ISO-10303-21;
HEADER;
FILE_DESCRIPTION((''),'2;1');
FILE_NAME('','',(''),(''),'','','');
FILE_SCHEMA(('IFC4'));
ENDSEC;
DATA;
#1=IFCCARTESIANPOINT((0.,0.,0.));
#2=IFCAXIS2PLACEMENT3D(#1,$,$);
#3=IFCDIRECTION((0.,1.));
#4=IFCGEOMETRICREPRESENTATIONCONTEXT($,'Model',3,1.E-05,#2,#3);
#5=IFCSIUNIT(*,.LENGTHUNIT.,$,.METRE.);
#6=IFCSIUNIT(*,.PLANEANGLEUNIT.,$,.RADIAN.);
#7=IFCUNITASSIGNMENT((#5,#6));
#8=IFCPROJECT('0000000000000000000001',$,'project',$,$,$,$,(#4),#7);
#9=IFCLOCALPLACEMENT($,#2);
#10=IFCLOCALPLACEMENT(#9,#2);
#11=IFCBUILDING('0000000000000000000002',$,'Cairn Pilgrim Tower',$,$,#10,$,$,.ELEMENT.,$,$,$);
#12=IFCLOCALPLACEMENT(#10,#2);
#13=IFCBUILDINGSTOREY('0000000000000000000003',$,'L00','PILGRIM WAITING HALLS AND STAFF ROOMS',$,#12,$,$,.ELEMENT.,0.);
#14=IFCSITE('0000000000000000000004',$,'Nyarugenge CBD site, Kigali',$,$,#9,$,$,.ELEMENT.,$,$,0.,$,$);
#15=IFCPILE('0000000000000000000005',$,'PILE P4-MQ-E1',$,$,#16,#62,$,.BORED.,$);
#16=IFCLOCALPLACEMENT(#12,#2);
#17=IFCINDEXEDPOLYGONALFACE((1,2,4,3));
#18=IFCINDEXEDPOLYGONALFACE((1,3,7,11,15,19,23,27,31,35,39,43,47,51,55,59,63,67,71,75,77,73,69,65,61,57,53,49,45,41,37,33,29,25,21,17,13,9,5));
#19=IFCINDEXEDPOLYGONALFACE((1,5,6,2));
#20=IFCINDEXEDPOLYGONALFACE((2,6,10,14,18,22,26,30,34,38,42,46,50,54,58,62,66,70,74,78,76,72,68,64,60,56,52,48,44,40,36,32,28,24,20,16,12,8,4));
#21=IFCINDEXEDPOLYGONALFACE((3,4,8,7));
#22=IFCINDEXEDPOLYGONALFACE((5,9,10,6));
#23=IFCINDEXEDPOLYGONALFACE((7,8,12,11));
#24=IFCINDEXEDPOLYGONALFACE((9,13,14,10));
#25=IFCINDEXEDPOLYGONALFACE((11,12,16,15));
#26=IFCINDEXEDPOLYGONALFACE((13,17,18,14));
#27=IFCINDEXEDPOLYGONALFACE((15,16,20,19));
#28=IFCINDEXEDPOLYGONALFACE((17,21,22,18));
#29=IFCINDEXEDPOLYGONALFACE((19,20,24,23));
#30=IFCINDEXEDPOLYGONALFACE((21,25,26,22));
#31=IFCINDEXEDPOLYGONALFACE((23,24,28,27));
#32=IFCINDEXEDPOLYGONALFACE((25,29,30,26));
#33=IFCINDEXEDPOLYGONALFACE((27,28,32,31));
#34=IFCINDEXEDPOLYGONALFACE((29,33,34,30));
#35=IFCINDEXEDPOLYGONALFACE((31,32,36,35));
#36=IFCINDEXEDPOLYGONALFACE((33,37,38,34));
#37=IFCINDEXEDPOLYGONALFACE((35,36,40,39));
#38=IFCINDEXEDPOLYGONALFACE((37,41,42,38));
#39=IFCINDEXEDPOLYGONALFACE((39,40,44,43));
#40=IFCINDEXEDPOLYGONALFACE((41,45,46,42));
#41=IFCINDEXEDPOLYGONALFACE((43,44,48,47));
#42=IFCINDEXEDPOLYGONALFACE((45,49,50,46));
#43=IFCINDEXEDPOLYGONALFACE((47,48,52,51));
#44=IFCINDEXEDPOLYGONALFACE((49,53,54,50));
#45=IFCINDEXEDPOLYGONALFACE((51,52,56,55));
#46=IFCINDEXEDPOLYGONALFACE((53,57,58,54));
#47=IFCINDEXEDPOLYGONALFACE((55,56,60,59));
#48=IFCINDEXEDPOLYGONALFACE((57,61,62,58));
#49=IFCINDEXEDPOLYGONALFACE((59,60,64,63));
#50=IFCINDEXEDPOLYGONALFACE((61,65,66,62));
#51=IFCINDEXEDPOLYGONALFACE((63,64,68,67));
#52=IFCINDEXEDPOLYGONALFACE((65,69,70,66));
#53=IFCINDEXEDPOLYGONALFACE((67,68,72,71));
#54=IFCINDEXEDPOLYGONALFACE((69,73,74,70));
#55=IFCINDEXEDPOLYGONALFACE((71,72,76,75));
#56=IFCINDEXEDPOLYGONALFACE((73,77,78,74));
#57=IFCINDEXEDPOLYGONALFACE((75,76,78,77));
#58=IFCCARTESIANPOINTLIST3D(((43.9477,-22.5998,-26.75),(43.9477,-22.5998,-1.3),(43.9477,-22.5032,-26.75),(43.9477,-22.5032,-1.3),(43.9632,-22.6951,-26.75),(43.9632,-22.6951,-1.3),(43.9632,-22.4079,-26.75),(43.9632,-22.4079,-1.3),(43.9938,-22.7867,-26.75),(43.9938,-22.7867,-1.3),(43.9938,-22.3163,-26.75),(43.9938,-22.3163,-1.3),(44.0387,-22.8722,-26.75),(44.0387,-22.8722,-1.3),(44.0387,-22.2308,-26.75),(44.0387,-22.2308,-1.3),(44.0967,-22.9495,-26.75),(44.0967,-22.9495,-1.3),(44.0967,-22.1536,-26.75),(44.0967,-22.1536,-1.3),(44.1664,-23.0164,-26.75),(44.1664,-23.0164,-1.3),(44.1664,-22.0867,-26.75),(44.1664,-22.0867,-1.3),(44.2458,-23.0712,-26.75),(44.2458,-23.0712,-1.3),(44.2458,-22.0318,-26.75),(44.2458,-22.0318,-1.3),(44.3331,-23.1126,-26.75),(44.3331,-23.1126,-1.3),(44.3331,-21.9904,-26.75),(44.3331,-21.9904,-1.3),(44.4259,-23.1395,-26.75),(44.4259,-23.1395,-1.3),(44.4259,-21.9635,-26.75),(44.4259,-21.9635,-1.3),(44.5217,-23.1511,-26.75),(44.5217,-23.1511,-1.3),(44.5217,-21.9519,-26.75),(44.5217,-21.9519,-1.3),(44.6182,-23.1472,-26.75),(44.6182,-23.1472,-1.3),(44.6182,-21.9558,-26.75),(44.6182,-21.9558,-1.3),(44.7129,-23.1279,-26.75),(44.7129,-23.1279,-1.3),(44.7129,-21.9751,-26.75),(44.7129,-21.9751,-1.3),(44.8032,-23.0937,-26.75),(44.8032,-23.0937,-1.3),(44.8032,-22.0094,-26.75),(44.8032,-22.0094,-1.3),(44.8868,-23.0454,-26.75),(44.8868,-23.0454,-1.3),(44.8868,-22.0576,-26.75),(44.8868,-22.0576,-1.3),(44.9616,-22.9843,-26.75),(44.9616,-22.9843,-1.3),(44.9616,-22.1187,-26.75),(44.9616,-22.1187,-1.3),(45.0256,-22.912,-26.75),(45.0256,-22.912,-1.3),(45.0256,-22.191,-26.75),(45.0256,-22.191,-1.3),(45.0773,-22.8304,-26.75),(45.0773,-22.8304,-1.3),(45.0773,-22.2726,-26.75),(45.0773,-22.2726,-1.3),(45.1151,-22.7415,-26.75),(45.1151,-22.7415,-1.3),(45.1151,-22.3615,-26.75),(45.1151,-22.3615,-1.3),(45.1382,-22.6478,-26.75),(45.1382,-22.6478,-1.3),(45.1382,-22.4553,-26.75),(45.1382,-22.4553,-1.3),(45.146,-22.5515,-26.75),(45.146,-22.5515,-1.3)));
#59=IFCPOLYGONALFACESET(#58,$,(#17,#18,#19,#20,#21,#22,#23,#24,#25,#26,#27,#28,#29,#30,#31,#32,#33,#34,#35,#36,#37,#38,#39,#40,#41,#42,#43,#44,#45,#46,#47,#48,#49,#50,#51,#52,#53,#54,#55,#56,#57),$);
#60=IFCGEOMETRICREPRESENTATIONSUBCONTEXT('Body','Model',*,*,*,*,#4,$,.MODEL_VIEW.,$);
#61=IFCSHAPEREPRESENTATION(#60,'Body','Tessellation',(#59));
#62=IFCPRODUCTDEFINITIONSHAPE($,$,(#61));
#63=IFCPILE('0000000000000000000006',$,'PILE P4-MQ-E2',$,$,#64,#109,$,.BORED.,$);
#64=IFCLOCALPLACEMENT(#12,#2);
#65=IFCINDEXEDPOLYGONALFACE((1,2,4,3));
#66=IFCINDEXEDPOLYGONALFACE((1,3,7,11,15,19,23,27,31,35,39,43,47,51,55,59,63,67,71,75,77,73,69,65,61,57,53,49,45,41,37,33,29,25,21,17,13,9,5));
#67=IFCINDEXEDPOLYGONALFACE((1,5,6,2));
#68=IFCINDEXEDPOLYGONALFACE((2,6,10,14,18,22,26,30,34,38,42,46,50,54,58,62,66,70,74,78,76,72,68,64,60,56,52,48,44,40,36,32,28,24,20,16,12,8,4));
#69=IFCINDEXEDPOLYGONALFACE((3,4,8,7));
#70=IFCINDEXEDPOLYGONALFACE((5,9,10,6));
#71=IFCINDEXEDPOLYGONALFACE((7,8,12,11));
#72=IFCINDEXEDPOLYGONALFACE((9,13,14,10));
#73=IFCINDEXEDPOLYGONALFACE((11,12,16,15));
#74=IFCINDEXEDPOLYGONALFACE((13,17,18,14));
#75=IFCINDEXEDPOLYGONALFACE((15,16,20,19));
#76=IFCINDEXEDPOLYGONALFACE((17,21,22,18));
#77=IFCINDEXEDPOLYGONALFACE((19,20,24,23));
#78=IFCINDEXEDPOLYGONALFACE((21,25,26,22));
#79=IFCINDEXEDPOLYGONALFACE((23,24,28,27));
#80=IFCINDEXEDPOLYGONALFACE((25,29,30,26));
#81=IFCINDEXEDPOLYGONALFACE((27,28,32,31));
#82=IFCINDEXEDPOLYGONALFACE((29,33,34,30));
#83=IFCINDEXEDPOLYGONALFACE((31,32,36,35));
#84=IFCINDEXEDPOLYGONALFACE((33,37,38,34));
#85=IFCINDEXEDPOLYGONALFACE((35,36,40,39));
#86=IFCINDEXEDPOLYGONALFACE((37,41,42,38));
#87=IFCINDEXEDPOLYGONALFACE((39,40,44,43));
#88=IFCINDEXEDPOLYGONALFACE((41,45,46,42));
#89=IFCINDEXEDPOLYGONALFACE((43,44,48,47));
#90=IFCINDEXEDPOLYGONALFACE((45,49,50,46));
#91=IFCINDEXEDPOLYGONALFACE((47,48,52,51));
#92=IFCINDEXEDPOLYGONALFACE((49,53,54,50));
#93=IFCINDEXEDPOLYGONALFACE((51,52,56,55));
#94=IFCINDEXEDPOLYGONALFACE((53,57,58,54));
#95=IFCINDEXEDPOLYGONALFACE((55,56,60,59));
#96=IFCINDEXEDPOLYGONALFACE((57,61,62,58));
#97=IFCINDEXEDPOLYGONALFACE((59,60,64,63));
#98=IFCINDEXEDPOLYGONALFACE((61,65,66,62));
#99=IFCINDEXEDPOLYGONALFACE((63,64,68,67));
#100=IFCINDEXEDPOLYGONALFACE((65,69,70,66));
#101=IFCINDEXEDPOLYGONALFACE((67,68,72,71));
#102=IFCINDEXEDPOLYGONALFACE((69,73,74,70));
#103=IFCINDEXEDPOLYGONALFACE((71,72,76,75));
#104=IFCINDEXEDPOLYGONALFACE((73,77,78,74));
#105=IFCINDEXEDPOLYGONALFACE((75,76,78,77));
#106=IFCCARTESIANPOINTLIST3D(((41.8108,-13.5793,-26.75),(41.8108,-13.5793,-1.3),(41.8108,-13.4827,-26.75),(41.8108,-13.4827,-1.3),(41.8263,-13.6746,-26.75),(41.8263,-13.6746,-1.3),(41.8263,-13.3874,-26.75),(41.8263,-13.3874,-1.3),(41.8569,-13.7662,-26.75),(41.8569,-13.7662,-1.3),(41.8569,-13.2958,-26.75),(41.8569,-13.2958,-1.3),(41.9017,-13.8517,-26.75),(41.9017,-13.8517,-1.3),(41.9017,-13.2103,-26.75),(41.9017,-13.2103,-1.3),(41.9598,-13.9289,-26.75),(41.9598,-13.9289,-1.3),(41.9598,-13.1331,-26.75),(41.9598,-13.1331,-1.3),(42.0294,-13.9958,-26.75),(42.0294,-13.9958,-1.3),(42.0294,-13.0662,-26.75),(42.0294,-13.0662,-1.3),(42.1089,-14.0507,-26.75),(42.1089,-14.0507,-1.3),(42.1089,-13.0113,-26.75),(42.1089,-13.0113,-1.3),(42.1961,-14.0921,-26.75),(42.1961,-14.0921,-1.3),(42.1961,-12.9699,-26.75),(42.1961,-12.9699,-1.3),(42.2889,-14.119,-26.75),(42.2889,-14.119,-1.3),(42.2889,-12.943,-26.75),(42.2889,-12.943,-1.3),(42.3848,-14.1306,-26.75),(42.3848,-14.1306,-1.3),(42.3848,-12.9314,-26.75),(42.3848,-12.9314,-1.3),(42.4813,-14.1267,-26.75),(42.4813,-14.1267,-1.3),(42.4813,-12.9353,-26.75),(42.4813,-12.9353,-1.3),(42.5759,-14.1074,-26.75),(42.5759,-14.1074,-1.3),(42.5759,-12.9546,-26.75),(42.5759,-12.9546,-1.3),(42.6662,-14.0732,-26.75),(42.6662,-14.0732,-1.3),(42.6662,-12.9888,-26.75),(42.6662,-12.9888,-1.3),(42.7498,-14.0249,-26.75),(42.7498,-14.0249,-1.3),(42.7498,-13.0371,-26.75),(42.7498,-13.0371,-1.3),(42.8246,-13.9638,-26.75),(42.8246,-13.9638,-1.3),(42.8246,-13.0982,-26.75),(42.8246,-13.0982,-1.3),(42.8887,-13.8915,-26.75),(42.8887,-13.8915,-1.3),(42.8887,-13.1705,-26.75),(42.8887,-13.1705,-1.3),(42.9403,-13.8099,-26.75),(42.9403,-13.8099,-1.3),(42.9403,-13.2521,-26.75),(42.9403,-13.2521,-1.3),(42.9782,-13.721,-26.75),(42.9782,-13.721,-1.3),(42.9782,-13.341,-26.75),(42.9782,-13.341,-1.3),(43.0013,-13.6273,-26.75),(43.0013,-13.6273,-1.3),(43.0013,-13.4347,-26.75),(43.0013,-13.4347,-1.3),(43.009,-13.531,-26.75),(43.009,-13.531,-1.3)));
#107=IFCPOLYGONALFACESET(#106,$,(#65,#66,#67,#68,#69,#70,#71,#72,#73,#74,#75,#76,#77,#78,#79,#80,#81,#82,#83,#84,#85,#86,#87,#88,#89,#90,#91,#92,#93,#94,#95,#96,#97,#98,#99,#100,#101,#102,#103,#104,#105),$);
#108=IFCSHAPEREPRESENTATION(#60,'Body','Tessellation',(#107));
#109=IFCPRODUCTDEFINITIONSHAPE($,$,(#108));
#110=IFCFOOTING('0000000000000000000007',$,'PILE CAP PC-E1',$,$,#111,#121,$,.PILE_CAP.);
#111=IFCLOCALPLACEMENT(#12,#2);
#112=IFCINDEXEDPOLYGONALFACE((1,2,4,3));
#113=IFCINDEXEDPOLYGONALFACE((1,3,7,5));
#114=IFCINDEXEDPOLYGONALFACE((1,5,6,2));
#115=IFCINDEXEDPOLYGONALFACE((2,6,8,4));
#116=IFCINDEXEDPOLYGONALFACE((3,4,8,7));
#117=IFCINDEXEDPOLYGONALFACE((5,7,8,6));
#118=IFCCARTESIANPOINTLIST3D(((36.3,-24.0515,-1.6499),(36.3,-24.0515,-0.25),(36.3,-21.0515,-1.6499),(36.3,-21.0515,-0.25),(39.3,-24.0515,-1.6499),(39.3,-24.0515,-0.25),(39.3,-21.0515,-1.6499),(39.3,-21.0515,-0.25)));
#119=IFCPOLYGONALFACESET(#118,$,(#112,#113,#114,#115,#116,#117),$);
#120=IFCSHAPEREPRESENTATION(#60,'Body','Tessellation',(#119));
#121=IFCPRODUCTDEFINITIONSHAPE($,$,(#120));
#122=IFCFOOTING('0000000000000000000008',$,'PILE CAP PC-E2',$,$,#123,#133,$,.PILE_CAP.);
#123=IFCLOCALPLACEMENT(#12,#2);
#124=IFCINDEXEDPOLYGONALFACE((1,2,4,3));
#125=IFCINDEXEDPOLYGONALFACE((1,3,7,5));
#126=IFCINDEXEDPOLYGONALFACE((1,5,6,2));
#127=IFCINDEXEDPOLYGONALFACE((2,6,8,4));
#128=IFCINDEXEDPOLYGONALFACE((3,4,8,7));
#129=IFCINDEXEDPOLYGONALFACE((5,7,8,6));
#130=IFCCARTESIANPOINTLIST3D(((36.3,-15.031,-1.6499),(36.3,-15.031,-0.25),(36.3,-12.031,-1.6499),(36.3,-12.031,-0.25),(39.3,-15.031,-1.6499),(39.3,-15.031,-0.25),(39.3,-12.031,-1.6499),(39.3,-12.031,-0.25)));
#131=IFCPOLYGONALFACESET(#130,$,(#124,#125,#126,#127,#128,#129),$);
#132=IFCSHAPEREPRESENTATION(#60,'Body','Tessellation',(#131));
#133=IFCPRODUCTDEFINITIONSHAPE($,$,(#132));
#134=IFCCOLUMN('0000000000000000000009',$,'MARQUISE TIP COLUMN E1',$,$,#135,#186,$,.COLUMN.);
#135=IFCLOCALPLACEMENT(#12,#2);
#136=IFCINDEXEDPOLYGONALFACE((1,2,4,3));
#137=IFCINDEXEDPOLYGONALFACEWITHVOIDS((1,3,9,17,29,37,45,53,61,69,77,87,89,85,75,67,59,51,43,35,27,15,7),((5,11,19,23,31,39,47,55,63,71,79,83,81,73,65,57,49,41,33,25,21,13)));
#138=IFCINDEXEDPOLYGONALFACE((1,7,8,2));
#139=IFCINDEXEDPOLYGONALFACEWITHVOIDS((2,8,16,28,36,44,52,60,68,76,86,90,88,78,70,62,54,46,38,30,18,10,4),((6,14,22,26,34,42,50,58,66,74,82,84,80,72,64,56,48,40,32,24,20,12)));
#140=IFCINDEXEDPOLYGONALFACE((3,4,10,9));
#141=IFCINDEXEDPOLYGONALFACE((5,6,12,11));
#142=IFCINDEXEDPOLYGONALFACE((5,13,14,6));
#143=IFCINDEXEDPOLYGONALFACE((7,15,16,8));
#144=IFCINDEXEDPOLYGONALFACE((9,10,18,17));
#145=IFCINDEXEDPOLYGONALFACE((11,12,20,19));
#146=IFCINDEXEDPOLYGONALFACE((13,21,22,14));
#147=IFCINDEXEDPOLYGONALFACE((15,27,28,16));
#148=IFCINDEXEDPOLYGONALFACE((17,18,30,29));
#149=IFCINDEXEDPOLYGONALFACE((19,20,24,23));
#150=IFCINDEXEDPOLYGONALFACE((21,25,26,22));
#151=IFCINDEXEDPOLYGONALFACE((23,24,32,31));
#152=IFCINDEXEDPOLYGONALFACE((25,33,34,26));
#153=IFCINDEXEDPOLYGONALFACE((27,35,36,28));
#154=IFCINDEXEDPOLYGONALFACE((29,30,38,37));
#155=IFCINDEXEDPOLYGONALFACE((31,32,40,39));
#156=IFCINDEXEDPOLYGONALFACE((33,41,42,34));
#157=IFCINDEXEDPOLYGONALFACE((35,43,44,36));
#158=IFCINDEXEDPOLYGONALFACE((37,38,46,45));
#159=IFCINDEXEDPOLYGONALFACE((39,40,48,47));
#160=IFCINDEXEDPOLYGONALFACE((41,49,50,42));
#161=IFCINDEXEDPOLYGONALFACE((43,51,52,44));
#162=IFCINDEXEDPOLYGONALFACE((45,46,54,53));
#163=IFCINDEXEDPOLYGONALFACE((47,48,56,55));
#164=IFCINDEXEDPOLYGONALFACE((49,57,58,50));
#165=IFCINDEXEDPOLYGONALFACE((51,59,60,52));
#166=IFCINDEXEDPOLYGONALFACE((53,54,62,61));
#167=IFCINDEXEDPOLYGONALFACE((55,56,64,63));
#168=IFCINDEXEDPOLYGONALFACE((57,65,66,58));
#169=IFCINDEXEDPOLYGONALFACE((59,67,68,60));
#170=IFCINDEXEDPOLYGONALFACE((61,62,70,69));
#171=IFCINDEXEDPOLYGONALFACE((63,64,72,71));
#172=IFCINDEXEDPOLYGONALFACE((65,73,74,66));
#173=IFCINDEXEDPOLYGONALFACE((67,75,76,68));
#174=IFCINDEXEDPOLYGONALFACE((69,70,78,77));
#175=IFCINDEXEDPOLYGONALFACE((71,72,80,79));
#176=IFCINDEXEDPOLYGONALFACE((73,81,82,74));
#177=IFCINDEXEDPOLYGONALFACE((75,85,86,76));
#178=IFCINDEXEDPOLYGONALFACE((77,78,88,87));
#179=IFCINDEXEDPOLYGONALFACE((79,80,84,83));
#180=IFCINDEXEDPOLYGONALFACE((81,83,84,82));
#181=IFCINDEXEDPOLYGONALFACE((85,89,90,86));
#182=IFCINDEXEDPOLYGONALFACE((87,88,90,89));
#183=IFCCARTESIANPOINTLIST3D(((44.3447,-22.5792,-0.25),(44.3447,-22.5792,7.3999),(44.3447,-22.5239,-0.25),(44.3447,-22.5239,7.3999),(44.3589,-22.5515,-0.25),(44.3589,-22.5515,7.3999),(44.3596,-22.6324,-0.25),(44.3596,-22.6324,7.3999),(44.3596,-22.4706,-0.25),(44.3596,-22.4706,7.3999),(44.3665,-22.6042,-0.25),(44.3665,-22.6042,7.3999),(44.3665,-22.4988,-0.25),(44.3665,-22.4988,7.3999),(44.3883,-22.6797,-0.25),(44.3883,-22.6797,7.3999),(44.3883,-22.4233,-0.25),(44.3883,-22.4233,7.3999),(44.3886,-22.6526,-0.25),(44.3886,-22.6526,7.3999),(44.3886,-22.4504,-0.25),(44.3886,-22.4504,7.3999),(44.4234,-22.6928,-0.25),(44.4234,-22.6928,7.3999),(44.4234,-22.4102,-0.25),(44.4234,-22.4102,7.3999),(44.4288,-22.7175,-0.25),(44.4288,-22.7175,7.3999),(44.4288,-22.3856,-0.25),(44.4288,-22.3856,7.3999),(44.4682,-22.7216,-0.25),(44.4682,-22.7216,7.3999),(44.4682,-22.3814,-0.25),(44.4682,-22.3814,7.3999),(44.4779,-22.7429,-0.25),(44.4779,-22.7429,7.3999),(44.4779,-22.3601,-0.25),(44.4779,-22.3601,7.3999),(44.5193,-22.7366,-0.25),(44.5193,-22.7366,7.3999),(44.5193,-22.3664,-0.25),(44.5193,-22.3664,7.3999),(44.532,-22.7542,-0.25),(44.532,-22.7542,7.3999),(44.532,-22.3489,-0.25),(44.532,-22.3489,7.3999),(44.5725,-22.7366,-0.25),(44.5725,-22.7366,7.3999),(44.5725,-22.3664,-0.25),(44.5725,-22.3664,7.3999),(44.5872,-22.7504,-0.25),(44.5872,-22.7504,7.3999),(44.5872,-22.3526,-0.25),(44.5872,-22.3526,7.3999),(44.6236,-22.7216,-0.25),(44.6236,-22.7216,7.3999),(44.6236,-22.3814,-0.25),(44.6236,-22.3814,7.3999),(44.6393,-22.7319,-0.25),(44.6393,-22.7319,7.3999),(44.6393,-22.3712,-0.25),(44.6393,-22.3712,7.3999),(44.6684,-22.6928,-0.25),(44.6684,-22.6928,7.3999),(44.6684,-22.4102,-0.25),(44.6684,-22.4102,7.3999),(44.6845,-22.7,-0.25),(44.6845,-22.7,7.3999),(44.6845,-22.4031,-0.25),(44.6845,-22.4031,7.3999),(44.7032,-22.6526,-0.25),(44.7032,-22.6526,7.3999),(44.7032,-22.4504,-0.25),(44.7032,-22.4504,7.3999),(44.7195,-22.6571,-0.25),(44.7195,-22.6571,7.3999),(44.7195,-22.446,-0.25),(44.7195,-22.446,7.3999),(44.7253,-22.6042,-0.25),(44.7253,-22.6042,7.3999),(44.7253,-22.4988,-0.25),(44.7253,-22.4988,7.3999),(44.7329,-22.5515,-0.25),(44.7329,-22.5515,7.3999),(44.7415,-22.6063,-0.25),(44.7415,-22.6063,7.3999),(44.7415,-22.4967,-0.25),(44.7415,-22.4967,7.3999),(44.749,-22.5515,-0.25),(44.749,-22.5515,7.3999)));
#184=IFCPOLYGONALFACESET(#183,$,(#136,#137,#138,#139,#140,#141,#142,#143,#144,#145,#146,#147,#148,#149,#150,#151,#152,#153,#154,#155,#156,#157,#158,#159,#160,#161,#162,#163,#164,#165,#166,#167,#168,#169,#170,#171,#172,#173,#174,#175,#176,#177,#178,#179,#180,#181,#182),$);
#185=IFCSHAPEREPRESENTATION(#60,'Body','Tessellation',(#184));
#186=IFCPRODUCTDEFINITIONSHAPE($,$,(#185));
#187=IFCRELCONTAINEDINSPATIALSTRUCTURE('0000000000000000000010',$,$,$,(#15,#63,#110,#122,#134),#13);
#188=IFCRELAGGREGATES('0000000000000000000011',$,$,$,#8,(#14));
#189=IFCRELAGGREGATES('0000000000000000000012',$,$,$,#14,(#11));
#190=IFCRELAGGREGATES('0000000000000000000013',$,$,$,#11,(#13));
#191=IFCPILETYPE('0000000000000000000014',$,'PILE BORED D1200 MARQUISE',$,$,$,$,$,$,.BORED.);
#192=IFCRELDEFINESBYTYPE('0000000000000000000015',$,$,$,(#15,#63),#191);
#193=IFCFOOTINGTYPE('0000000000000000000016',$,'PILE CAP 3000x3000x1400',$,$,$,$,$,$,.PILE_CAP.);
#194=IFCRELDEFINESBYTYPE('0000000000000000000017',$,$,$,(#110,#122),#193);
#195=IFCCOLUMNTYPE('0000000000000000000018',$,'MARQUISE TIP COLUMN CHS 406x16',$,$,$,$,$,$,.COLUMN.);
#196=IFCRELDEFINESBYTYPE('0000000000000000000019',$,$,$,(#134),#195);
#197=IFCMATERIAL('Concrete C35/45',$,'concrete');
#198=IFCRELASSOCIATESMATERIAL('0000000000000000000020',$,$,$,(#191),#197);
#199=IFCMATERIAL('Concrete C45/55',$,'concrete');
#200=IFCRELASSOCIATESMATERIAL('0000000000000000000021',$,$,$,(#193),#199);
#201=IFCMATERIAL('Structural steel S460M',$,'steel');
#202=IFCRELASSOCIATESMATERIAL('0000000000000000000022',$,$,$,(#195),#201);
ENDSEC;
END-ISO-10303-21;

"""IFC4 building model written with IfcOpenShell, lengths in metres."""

from ifc_helpers import new_model, si_unit, direction, frame, origin, origin_2d, place, context, subcontext, project, spatial, rectangle, circle, hollow_circle, extrude, material, material_profile, profile_set, type_object, element, save


model = new_model("IFC4")

# Units and contexts
model_context = context("Model", 3, precision=1e-05, world=origin(), true_north=direction((0.0, 1.0)))
body_context = subcontext(model_context, "Body", "Model", "MODEL_VIEW")
ifc_project = project(units=[si_unit("LENGTHUNIT", "METRE"), si_unit("PLANEANGLEUNIT", "RADIAN")], contexts=[model_context])

# Site, building, storey
site_placement = place(None, origin())
site = spatial("IfcSite", under=ifc_project, at=site_placement, Name="Nyarugenge CBD site, Kigali", CompositionType="ELEMENT", RefElevation=0.0)
building_placement = place(site_placement, origin())
building = spatial("IfcBuilding", under=site, at=building_placement, Name="Cairn Pilgrim Tower", CompositionType="ELEMENT")
storey_placement = place(building_placement, origin())
storey = spatial("IfcBuildingStorey", under=building, at=storey_placement, Name="L00", Description="PILGRIM WAITING HALLS AND STAFF ROOMS", CompositionType="ELEMENT", Elevation=0.0)

# Shared definitions
ifc_material_1 = material(Name="Concrete C45/55", Category="concrete")

# Piles
ifc_material_2 = material(Name="Concrete C35/45", Category="concrete")
ifc_material_profile_1 = material_profile(ifc_material_2, circle(Radius=0.6001, at=origin_2d()), Name="D1200")
ifc_profile_set_1 = profile_set([ifc_material_profile_1], Name="Concrete C35/45")
pile_type_1 = type_object("IfcPileType", Name="PILE BORED D1200 MARQUISE", PredefinedType="BORED", material=ifc_profile_set_1)
for number, where, z_axis, x_axis, name in (
    (1, (44.5459, -22.5515, -1.3), (0.0, 0.0, -1.0), (1.0, 0.0, 0.0), "PILE P4-MQ-E1"),
    (2, (42.4089, -13.531, -1.3), (0.0, 0.0, -1.0), (1.0, 0.0, 0.0), "PILE P4-MQ-E2"),
):
    element("IfcPile", number, at=place(storey_placement, frame(where, z_axis=z_axis, x_axis=x_axis)), inside=storey, type_object=pile_type_1, Name=name, PredefinedType="BORED", context=body_context, shape_type="SweptSolid", body=[
        extrude(circle(Radius=0.6001, at=origin_2d()), origin(), (0.0, 0.0, 1.0), 25.45),
    ])

# Footings
footing_type_1 = type_object("IfcFootingType", Name="PILE CAP 3000x3000x1400", PredefinedType="PILE_CAP", material=ifc_material_1)
for number, where, z_axis, x_axis, name in (
    (3, (37.8, -22.5515, -1.6499), (0.0, 0.0, 1.0), (1.0, 0.0, 0.0), "PILE CAP PC-E1"),
    (4, (37.8, -13.531, -1.6499), (0.0, 0.0, 1.0), (1.0, 0.0, 0.0), "PILE CAP PC-E2"),
):
    element("IfcFooting", number, at=place(storey_placement, frame(where, z_axis=z_axis, x_axis=x_axis)), inside=storey, type_object=footing_type_1, Name=name, PredefinedType="PILE_CAP", context=body_context, shape_type="SweptSolid", body=[
        extrude(rectangle(XDim=3.0, YDim=3.0, at=origin_2d()), origin(), (0.0, 0.0, 1.0), 1.3999),
    ])

# Column
ifc_material_3 = material(Name="Structural steel S460M", Category="steel")
ifc_material_profile_2 = material_profile(ifc_material_3, hollow_circle(Radius=0.2031, WallThickness=0.0161, at=origin_2d()), Name="MARQUISE TIP COLUMN CHS 406x16")
ifc_profile_set_2 = profile_set([ifc_material_profile_2], Name="Structural steel S460M")
column_type_1 = type_object("IfcColumnType", Name="MARQUISE TIP COLUMN CHS 406x16", PredefinedType="COLUMN", material=ifc_profile_set_2)
for number, where, z_axis, x_axis, name in (
    (5, (44.5459, -22.5515, -0.25), (0.0, 0.0, 1.0), (1.0, 0.0, 0.0), "MARQUISE TIP COLUMN E1"),
):
    element("IfcColumn", number, at=place(storey_placement, frame(where, z_axis=z_axis, x_axis=x_axis)), inside=storey, type_object=column_type_1, Name=name, PredefinedType="COLUMN", context=body_context, shape_type="SweptSolid", body=[
        extrude(hollow_circle(Radius=0.2031, WallThickness=0.0161, at=origin_2d()), origin(), (0.0, 0.0, 1.0), 7.6499),
    ])

save(model, "model.ifc")
